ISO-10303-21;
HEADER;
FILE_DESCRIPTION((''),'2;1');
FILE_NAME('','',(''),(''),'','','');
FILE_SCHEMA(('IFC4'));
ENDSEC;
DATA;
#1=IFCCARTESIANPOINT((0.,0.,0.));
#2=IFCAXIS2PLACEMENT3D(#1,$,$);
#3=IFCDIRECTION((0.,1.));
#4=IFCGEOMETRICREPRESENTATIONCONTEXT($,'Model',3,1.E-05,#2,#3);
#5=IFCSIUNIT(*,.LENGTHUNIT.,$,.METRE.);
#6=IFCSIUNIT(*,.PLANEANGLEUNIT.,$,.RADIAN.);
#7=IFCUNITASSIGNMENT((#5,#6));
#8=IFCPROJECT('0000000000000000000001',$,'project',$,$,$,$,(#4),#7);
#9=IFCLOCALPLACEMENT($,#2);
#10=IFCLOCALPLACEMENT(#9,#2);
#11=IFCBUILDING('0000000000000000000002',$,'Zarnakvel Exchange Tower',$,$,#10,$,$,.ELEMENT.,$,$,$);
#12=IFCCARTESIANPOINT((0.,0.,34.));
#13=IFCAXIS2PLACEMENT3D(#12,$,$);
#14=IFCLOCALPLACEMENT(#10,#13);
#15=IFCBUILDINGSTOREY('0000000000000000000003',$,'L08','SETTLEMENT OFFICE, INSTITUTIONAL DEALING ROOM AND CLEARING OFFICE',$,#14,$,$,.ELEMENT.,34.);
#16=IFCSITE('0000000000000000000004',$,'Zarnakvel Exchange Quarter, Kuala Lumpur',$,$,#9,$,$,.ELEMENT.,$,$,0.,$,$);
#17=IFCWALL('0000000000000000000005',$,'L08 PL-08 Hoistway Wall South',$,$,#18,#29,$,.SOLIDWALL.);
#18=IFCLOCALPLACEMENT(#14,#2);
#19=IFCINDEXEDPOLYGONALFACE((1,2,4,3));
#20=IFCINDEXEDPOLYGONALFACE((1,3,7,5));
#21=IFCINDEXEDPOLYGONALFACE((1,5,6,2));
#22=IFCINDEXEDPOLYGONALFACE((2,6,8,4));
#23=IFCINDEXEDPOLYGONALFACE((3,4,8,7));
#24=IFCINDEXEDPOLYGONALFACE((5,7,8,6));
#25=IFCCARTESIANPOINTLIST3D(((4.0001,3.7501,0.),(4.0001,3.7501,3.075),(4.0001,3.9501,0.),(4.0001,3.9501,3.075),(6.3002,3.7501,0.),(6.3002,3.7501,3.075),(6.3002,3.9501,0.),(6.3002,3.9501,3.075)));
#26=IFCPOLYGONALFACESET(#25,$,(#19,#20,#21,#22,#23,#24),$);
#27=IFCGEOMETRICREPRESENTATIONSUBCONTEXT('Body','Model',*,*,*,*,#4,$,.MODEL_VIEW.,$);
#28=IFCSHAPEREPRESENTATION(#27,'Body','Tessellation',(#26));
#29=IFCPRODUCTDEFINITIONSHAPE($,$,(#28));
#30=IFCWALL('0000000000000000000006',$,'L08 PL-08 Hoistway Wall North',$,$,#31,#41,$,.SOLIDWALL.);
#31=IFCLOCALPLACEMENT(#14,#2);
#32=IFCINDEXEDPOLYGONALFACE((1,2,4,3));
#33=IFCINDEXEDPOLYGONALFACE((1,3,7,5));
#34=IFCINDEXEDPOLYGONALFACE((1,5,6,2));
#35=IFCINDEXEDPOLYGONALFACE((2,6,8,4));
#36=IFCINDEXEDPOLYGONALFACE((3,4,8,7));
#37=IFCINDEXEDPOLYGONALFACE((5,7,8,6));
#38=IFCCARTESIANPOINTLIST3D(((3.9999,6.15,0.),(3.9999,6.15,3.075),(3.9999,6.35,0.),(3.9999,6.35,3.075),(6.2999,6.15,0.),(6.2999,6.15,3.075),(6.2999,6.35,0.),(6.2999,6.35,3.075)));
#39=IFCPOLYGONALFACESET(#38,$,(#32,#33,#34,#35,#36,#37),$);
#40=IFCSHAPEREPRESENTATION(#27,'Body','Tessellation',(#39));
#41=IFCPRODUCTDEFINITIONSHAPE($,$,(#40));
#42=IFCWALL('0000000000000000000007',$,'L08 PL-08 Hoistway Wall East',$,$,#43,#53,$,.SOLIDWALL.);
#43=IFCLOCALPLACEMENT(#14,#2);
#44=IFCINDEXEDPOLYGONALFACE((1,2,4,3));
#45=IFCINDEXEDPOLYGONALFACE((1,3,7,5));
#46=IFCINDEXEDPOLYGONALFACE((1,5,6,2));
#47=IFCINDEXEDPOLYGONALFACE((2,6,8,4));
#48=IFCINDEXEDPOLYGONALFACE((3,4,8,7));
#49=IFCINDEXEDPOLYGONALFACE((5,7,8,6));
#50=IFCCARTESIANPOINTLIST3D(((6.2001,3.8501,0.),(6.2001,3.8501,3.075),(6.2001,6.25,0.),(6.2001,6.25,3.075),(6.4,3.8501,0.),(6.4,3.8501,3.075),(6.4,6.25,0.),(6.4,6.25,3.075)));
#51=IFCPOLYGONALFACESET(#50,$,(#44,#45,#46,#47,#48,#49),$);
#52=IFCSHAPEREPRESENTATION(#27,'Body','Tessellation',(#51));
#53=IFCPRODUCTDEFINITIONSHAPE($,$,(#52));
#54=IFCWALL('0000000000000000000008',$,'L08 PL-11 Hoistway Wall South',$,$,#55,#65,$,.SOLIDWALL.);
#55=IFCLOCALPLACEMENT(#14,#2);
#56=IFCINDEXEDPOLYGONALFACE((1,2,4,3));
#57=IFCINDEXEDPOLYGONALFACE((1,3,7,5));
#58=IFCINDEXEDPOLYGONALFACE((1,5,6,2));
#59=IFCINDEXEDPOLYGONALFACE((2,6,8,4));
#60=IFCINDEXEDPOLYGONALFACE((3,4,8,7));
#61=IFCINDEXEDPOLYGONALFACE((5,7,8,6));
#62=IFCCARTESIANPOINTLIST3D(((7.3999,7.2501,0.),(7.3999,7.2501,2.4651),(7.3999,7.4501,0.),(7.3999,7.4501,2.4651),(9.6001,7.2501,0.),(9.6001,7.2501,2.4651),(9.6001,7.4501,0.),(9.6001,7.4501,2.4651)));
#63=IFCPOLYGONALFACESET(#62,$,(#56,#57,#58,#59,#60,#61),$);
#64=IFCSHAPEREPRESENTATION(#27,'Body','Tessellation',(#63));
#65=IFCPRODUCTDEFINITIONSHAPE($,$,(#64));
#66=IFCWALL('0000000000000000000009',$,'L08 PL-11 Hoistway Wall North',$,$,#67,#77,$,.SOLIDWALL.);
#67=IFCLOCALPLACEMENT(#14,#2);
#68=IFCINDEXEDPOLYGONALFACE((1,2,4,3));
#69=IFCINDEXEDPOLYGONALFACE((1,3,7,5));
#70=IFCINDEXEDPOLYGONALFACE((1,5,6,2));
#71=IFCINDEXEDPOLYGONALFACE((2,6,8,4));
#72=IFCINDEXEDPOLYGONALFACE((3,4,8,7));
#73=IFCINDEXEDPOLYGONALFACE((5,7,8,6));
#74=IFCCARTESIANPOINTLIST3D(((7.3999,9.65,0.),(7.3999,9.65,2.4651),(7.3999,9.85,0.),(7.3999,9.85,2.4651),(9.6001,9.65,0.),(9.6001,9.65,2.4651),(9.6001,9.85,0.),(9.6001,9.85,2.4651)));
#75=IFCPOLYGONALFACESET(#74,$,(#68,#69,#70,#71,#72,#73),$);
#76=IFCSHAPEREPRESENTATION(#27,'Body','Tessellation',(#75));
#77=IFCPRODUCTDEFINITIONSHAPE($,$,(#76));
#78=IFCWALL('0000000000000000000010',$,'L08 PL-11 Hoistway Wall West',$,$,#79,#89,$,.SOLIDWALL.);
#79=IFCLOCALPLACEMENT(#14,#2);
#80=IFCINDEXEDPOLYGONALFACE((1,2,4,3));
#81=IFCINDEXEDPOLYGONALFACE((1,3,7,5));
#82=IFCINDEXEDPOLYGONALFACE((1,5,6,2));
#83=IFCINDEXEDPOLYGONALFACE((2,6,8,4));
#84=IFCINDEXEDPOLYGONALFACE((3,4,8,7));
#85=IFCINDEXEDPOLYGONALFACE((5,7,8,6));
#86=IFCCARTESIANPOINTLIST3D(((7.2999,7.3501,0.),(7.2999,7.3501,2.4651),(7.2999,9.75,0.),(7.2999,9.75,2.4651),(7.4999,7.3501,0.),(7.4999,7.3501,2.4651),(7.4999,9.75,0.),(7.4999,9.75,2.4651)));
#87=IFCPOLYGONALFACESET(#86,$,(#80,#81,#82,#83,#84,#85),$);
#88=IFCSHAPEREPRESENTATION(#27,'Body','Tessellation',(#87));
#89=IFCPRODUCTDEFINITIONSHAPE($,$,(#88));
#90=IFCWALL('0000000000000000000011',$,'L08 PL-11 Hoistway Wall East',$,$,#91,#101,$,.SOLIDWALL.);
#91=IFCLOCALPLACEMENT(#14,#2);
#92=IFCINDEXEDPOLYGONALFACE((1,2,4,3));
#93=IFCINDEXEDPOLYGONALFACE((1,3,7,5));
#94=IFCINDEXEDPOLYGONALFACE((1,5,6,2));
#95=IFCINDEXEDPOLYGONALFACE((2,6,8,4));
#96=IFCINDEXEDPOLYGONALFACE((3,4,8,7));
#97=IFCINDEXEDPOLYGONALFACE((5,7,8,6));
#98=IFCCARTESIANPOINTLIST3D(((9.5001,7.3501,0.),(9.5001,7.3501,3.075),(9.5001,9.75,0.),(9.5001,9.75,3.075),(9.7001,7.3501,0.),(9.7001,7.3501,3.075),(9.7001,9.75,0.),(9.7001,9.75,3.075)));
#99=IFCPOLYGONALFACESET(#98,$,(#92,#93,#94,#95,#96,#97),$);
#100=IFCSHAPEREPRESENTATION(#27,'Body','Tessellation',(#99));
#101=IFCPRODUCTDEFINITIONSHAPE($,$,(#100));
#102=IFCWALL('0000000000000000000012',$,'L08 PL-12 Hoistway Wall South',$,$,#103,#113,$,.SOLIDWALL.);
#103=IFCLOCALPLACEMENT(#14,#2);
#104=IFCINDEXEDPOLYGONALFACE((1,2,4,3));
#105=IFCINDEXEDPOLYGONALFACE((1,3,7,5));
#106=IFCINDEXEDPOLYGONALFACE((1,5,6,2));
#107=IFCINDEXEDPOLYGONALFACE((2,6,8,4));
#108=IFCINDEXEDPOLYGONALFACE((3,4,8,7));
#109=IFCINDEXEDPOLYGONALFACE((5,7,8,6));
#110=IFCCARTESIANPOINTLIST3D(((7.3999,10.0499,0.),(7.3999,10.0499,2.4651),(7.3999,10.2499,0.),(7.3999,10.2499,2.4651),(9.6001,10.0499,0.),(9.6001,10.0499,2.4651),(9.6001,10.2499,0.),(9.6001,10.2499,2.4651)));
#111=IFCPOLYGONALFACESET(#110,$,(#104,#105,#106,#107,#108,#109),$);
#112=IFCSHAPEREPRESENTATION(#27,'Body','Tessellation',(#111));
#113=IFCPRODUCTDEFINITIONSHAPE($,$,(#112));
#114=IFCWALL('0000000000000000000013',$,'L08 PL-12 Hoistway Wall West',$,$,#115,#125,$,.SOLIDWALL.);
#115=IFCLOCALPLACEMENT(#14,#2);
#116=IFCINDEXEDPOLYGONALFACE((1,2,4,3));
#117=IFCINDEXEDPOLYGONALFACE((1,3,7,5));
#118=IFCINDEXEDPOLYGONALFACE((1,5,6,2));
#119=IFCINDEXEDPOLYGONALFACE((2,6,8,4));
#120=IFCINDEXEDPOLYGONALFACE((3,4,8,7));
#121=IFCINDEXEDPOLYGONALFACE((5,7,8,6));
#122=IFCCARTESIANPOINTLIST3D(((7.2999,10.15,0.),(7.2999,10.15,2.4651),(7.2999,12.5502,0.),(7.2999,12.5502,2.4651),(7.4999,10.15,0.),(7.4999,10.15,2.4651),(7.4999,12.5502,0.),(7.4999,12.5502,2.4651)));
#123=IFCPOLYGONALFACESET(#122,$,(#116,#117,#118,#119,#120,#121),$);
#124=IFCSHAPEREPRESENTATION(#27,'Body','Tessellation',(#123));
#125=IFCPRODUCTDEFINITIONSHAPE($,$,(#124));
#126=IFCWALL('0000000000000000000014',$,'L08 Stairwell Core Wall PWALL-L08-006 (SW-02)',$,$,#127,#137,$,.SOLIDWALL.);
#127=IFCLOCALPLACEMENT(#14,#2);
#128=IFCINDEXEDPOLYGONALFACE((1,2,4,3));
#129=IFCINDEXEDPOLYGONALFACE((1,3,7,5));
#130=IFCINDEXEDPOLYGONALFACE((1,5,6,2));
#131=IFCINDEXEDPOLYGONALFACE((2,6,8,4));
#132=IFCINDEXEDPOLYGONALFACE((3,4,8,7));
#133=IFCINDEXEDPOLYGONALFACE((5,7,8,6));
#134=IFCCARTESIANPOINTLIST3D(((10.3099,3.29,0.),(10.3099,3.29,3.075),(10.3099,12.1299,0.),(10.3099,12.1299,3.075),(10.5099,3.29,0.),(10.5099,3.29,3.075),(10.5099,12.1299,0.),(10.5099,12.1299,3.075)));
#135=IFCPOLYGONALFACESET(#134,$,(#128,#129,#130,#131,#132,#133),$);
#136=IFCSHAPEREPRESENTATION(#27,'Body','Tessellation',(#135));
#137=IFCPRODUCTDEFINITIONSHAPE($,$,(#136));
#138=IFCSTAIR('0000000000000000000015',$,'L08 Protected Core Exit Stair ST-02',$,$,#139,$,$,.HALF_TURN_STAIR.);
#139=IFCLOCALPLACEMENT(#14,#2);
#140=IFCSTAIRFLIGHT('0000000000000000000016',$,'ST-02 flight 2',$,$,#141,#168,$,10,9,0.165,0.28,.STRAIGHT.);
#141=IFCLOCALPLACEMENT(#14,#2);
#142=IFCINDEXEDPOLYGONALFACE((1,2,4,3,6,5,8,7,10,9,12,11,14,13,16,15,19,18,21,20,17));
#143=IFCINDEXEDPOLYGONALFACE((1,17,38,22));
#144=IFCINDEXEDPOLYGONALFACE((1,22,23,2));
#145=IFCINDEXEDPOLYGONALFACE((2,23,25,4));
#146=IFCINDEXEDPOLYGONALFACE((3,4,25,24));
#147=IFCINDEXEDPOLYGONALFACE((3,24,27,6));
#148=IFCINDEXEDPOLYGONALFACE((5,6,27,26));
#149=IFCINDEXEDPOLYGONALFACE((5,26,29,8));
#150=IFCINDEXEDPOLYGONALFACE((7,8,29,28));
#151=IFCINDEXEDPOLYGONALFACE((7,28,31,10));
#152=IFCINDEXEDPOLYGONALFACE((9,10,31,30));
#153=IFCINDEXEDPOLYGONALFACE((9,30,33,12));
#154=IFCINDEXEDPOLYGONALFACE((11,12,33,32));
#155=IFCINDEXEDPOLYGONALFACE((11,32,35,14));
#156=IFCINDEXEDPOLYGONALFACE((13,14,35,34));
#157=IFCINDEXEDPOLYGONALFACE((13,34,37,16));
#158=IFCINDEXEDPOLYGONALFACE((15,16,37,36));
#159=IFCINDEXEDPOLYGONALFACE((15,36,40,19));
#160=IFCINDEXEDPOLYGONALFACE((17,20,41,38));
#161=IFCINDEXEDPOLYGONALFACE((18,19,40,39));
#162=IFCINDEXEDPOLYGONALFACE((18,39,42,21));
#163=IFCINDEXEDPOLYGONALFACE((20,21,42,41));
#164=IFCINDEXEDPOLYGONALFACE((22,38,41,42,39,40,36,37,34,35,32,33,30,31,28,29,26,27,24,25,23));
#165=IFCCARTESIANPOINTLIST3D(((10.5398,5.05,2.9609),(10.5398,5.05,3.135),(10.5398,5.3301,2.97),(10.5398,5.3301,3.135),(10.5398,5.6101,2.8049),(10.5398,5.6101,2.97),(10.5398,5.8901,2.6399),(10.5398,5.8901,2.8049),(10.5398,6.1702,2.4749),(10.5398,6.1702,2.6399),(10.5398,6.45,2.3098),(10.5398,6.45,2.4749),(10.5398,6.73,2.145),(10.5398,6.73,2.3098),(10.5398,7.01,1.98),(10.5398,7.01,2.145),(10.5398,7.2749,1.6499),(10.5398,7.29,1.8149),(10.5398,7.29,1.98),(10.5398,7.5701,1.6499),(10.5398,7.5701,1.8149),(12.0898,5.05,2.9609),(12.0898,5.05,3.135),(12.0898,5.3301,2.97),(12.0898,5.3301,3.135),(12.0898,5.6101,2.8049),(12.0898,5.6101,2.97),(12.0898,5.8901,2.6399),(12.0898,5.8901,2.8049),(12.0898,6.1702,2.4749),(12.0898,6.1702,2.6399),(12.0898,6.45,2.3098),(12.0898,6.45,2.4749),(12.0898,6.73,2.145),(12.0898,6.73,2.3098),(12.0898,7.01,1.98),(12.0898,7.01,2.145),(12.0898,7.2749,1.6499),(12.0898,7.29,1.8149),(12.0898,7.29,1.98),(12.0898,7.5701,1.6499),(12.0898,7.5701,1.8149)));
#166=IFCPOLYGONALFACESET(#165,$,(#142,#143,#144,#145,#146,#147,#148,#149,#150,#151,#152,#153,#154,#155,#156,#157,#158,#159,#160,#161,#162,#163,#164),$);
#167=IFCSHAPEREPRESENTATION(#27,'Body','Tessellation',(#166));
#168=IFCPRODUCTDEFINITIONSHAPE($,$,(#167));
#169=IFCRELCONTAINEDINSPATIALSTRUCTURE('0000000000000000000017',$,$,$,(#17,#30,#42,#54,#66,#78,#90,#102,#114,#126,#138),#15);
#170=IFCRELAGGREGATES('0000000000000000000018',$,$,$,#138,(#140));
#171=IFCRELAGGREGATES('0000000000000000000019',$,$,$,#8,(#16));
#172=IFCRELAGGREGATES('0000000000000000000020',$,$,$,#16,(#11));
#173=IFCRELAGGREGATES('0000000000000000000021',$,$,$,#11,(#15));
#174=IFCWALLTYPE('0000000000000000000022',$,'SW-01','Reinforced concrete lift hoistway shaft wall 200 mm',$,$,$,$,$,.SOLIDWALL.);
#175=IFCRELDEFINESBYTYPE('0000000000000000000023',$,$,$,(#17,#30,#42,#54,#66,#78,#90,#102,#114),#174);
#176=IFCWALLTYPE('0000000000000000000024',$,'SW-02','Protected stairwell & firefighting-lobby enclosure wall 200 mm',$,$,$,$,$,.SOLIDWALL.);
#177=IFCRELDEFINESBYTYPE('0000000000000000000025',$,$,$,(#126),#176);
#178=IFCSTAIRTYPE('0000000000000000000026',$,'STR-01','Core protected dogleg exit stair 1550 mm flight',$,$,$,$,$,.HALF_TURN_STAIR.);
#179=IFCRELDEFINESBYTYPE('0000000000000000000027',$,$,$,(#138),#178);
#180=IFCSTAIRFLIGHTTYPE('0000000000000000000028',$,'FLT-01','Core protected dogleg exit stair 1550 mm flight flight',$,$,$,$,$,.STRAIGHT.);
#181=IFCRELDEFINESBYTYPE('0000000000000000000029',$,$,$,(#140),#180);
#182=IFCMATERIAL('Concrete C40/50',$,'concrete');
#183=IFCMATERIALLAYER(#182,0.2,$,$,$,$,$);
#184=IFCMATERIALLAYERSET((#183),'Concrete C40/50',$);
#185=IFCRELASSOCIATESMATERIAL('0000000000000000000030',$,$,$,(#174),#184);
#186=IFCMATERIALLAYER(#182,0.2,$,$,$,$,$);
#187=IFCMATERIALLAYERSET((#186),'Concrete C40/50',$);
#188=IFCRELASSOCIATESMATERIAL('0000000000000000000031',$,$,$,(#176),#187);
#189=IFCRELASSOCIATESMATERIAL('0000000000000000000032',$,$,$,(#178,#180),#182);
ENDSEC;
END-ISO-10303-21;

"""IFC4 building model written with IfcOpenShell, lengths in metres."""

from ifc_helpers import new_model, si_unit, direction, frame, frame_2d, origin, place, context, subcontext, project, spatial, polyline, rectangle, outline, extrude, material, layer, layer_set, type_object, element, aggregate, save


model = new_model("IFC4")

# Units and contexts
model_context = context("Model", 3, precision=1e-05, world=origin(), true_north=direction((0.0, 1.0)))
body_context = subcontext(model_context, "Body", "Model", "MODEL_VIEW")
ifc_project = project(units=[si_unit("LENGTHUNIT", "METRE"), si_unit("PLANEANGLEUNIT", "RADIAN")], contexts=[model_context])

# Site, building, storey
site_placement = place(None, origin())
site = spatial("IfcSite", under=ifc_project, at=site_placement, Name="Zarnakvel Exchange Quarter, Kuala Lumpur", CompositionType="ELEMENT", RefElevation=0.0)
building_placement = place(site_placement, origin())
building = spatial("IfcBuilding", under=site, at=building_placement, Name="Zarnakvel Exchange Tower", CompositionType="ELEMENT")
storey_placement = place(building_placement, frame((0.0, 0.0, 34.0)))
storey = spatial("IfcBuildingStorey", under=building, at=storey_placement, Name="L08", Description="SETTLEMENT OFFICE, INSTITUTIONAL DEALING ROOM AND CLEARING OFFICE", CompositionType="ELEMENT", Elevation=34.0)

# Shared definitions
ifc_material_1 = material(Name="Concrete C40/50", Category="concrete")
ifc_layer_1 = layer(ifc_material_1, 0.2)
ifc_layer_set_1 = layer_set([ifc_layer_1], Name="Concrete C40/50")
wall_type_1 = type_object("IfcWallType", Name="SW-01", Description="Reinforced concrete lift hoistway shaft wall 200 mm", PredefinedType="SOLIDWALL", material=ifc_layer_set_1)

# Walls
for number, where, z_axis, x_axis, name in (
    (1, (6.3, 3.8501, 0.0), (0.0, 0.0, 1.0), (-1.0, 0.0, 0.0), "L08 PL-08 Hoistway Wall South"),
    (2, (4.0, 6.25, 0.0), (0.0, 0.0, 1.0), (1.0, 0.0, 0.0), "L08 PL-08 Hoistway Wall North"),
):
    element("IfcWall", number, at=place(storey_placement, frame(where, z_axis=z_axis, x_axis=x_axis)), inside=storey, type_object=wall_type_1, Name=name, PredefinedType="SOLIDWALL", context=body_context, shape_type="SweptSolid", body=[
        extrude(rectangle(XDim=2.3, YDim=0.2, at=frame_2d((1.1499, 0.0))), origin(), (0.0, 0.0, 1.0), 3.075),
    ])
wall_1_placement = place(storey_placement, frame((6.3, 6.25, 0.0), z_axis=(0.0, 0.0, 1.0), x_axis=(0.0, -1.0, 0.0)))
element("IfcWall", 3, at=wall_1_placement, inside=storey, type_object=wall_type_1, Name="L08 PL-08 Hoistway Wall East", PredefinedType="SOLIDWALL", context=body_context, shape_type="SweptSolid", body=[
    extrude(rectangle(XDim=2.3999, YDim=0.2, at=frame_2d((1.2, 0.0))), origin(), (0.0, 0.0, 1.0), 3.075),
])
for number, where, z_axis, x_axis, name in (
    (4, (9.6001, 7.3501, 0.0), (0.0, 0.0, 1.0), (-1.0, 0.0, 0.0), "L08 PL-11 Hoistway Wall South"),
    (5, (7.3999, 9.75, 0.0), (0.0, 0.0, 1.0), (1.0, 0.0, 0.0), "L08 PL-11 Hoistway Wall North"),
):
    element("IfcWall", number, at=place(storey_placement, frame(where, z_axis=z_axis, x_axis=x_axis)), inside=storey, type_object=wall_type_1, Name=name, PredefinedType="SOLIDWALL", context=body_context, shape_type="SweptSolid", body=[
        extrude(rectangle(XDim=2.2002, YDim=0.2, at=frame_2d((1.1001, 0.0))), origin(), (0.0, 0.0, 1.0), 2.4651),
    ])
wall_2_placement = place(storey_placement, frame((7.3999, 7.3501, 0.0), z_axis=(0.0, 0.0, 1.0), x_axis=(0.0, 1.0, 0.0)))
element("IfcWall", 6, at=wall_2_placement, inside=storey, type_object=wall_type_1, Name="L08 PL-11 Hoistway Wall West", PredefinedType="SOLIDWALL", context=body_context, shape_type="SweptSolid", body=[
    extrude(rectangle(XDim=2.3999, YDim=0.2, at=frame_2d((1.2, 0.0))), origin(), (0.0, 0.0, 1.0), 2.4651),
])
wall_3_placement = place(storey_placement, frame((9.6001, 9.75, 0.0), z_axis=(0.0, 0.0, 1.0), x_axis=(0.0, -1.0, 0.0)))
element("IfcWall", 7, at=wall_3_placement, inside=storey, type_object=wall_type_1, Name="L08 PL-11 Hoistway Wall East", PredefinedType="SOLIDWALL", context=body_context, shape_type="SweptSolid", body=[
    extrude(rectangle(XDim=2.3999, YDim=0.2, at=frame_2d((1.2, 0.0))), origin(), (0.0, 0.0, 1.0), 3.075),
])
wall_4_placement = place(storey_placement, frame((9.6001, 10.1499, 0.0), z_axis=(0.0, 0.0, 1.0), x_axis=(-1.0, 0.0, 0.0)))
element("IfcWall", 8, at=wall_4_placement, inside=storey, type_object=wall_type_1, Name="L08 PL-12 Hoistway Wall South", PredefinedType="SOLIDWALL", context=body_context, shape_type="SweptSolid", body=[
    extrude(rectangle(XDim=2.2002, YDim=0.2, at=frame_2d((1.1001, 0.0))), origin(), (0.0, 0.0, 1.0), 2.4651),
])
wall_5_placement = place(storey_placement, frame((7.3999, 10.1499, 0.0), z_axis=(0.0, 0.0, 1.0), x_axis=(0.0, 1.0, 0.0)))
element("IfcWall", 9, at=wall_5_placement, inside=storey, type_object=wall_type_1, Name="L08 PL-12 Hoistway Wall West", PredefinedType="SOLIDWALL", context=body_context, shape_type="SweptSolid", body=[
    extrude(rectangle(XDim=2.4001, YDim=0.2, at=frame_2d((1.2002, 0.0))), origin(), (0.0, 0.0, 1.0), 2.4651),
])
ifc_layer_2 = layer(ifc_material_1, 0.2)
ifc_layer_set_2 = layer_set([ifc_layer_2], Name="Concrete C40/50")
wall_type_2 = type_object("IfcWallType", Name="SW-02", Description="Protected stairwell & firefighting-lobby enclosure wall 200 mm", PredefinedType="SOLIDWALL", material=ifc_layer_set_2)
wall_6_placement = place(storey_placement, frame((10.4099, 3.29, 0.0), z_axis=(0.0, 0.0, 1.0), x_axis=(0.0, 1.0, 0.0)))
element("IfcWall", 10, at=wall_6_placement, inside=storey, type_object=wall_type_2, Name="L08 Stairwell Core Wall PWALL-L08-006 (SW-02)", PredefinedType="SOLIDWALL", context=body_context, shape_type="SweptSolid", body=[
    extrude(rectangle(XDim=8.8398, YDim=0.2, at=frame_2d((4.4199, 0.0))), origin(), (0.0, 0.0, 1.0), 3.075),
])

# Stair, stair flight
stair_type = type_object("IfcStairType", Name="STR-01", Description="Core protected dogleg exit stair 1550 mm flight", PredefinedType="HALF_TURN_STAIR", material=ifc_material_1)
stair_placement = place(storey_placement, origin())
stair = element("IfcStair", 11, at=stair_placement, inside=storey, type_object=stair_type, Name="L08 Protected Core Exit Stair ST-02", PredefinedType="HALF_TURN_STAIR")
stair_flight_type = type_object("IfcStairFlightType", Name="FLT-01", Description="Core protected dogleg exit stair 1550 mm flight flight", PredefinedType="STRAIGHT", material=ifc_material_1)
stair_flight_placement = place(storey_placement, frame((11.3149, 7.5701, 1.6499), z_axis=(0.0, 0.0, 1.0), x_axis=(0.0, -1.0, 0.0)))
stair_flight = element("IfcStairFlight", 12, at=stair_flight_placement, type_object=stair_flight_type, Name="ST-02 flight 2", NumberOfRisers=10, NumberOfTreads=9, PredefinedType="STRAIGHT", RiserHeight=0.165, TreadLength=0.28, context=body_context, shape_type="SweptSolid", body=[
    extrude(outline(polyline([(0.0, 0.0), (0.0, 0.165), (0.28, 0.165), (0.28, 0.3301), (0.5601, 0.3301), (0.5601, 0.4951), (0.8401, 0.4951), (0.8401, 0.6599), (1.1201, 0.6599), (1.1201, 0.825), (1.3999, 0.825), (1.3999, 0.99), (1.6799, 0.99), (1.6799, 1.155), (1.96, 1.155), (1.96, 1.3201), (2.24, 1.3201), (2.24, 1.4851), (2.52, 1.4851), (2.52, 1.6499), (2.52, 1.311), (0.2952, 0.0), (0.0, 0.0)])), frame((0.0, 0.7749, 0.0), z_axis=(0.0, -1.0, 0.0), x_axis=(1.0, 0.0, 0.0)), (0.0, 0.0, 1.0), 1.55),
])
aggregate(stair, [stair_flight])

save(model, "model.ifc")
